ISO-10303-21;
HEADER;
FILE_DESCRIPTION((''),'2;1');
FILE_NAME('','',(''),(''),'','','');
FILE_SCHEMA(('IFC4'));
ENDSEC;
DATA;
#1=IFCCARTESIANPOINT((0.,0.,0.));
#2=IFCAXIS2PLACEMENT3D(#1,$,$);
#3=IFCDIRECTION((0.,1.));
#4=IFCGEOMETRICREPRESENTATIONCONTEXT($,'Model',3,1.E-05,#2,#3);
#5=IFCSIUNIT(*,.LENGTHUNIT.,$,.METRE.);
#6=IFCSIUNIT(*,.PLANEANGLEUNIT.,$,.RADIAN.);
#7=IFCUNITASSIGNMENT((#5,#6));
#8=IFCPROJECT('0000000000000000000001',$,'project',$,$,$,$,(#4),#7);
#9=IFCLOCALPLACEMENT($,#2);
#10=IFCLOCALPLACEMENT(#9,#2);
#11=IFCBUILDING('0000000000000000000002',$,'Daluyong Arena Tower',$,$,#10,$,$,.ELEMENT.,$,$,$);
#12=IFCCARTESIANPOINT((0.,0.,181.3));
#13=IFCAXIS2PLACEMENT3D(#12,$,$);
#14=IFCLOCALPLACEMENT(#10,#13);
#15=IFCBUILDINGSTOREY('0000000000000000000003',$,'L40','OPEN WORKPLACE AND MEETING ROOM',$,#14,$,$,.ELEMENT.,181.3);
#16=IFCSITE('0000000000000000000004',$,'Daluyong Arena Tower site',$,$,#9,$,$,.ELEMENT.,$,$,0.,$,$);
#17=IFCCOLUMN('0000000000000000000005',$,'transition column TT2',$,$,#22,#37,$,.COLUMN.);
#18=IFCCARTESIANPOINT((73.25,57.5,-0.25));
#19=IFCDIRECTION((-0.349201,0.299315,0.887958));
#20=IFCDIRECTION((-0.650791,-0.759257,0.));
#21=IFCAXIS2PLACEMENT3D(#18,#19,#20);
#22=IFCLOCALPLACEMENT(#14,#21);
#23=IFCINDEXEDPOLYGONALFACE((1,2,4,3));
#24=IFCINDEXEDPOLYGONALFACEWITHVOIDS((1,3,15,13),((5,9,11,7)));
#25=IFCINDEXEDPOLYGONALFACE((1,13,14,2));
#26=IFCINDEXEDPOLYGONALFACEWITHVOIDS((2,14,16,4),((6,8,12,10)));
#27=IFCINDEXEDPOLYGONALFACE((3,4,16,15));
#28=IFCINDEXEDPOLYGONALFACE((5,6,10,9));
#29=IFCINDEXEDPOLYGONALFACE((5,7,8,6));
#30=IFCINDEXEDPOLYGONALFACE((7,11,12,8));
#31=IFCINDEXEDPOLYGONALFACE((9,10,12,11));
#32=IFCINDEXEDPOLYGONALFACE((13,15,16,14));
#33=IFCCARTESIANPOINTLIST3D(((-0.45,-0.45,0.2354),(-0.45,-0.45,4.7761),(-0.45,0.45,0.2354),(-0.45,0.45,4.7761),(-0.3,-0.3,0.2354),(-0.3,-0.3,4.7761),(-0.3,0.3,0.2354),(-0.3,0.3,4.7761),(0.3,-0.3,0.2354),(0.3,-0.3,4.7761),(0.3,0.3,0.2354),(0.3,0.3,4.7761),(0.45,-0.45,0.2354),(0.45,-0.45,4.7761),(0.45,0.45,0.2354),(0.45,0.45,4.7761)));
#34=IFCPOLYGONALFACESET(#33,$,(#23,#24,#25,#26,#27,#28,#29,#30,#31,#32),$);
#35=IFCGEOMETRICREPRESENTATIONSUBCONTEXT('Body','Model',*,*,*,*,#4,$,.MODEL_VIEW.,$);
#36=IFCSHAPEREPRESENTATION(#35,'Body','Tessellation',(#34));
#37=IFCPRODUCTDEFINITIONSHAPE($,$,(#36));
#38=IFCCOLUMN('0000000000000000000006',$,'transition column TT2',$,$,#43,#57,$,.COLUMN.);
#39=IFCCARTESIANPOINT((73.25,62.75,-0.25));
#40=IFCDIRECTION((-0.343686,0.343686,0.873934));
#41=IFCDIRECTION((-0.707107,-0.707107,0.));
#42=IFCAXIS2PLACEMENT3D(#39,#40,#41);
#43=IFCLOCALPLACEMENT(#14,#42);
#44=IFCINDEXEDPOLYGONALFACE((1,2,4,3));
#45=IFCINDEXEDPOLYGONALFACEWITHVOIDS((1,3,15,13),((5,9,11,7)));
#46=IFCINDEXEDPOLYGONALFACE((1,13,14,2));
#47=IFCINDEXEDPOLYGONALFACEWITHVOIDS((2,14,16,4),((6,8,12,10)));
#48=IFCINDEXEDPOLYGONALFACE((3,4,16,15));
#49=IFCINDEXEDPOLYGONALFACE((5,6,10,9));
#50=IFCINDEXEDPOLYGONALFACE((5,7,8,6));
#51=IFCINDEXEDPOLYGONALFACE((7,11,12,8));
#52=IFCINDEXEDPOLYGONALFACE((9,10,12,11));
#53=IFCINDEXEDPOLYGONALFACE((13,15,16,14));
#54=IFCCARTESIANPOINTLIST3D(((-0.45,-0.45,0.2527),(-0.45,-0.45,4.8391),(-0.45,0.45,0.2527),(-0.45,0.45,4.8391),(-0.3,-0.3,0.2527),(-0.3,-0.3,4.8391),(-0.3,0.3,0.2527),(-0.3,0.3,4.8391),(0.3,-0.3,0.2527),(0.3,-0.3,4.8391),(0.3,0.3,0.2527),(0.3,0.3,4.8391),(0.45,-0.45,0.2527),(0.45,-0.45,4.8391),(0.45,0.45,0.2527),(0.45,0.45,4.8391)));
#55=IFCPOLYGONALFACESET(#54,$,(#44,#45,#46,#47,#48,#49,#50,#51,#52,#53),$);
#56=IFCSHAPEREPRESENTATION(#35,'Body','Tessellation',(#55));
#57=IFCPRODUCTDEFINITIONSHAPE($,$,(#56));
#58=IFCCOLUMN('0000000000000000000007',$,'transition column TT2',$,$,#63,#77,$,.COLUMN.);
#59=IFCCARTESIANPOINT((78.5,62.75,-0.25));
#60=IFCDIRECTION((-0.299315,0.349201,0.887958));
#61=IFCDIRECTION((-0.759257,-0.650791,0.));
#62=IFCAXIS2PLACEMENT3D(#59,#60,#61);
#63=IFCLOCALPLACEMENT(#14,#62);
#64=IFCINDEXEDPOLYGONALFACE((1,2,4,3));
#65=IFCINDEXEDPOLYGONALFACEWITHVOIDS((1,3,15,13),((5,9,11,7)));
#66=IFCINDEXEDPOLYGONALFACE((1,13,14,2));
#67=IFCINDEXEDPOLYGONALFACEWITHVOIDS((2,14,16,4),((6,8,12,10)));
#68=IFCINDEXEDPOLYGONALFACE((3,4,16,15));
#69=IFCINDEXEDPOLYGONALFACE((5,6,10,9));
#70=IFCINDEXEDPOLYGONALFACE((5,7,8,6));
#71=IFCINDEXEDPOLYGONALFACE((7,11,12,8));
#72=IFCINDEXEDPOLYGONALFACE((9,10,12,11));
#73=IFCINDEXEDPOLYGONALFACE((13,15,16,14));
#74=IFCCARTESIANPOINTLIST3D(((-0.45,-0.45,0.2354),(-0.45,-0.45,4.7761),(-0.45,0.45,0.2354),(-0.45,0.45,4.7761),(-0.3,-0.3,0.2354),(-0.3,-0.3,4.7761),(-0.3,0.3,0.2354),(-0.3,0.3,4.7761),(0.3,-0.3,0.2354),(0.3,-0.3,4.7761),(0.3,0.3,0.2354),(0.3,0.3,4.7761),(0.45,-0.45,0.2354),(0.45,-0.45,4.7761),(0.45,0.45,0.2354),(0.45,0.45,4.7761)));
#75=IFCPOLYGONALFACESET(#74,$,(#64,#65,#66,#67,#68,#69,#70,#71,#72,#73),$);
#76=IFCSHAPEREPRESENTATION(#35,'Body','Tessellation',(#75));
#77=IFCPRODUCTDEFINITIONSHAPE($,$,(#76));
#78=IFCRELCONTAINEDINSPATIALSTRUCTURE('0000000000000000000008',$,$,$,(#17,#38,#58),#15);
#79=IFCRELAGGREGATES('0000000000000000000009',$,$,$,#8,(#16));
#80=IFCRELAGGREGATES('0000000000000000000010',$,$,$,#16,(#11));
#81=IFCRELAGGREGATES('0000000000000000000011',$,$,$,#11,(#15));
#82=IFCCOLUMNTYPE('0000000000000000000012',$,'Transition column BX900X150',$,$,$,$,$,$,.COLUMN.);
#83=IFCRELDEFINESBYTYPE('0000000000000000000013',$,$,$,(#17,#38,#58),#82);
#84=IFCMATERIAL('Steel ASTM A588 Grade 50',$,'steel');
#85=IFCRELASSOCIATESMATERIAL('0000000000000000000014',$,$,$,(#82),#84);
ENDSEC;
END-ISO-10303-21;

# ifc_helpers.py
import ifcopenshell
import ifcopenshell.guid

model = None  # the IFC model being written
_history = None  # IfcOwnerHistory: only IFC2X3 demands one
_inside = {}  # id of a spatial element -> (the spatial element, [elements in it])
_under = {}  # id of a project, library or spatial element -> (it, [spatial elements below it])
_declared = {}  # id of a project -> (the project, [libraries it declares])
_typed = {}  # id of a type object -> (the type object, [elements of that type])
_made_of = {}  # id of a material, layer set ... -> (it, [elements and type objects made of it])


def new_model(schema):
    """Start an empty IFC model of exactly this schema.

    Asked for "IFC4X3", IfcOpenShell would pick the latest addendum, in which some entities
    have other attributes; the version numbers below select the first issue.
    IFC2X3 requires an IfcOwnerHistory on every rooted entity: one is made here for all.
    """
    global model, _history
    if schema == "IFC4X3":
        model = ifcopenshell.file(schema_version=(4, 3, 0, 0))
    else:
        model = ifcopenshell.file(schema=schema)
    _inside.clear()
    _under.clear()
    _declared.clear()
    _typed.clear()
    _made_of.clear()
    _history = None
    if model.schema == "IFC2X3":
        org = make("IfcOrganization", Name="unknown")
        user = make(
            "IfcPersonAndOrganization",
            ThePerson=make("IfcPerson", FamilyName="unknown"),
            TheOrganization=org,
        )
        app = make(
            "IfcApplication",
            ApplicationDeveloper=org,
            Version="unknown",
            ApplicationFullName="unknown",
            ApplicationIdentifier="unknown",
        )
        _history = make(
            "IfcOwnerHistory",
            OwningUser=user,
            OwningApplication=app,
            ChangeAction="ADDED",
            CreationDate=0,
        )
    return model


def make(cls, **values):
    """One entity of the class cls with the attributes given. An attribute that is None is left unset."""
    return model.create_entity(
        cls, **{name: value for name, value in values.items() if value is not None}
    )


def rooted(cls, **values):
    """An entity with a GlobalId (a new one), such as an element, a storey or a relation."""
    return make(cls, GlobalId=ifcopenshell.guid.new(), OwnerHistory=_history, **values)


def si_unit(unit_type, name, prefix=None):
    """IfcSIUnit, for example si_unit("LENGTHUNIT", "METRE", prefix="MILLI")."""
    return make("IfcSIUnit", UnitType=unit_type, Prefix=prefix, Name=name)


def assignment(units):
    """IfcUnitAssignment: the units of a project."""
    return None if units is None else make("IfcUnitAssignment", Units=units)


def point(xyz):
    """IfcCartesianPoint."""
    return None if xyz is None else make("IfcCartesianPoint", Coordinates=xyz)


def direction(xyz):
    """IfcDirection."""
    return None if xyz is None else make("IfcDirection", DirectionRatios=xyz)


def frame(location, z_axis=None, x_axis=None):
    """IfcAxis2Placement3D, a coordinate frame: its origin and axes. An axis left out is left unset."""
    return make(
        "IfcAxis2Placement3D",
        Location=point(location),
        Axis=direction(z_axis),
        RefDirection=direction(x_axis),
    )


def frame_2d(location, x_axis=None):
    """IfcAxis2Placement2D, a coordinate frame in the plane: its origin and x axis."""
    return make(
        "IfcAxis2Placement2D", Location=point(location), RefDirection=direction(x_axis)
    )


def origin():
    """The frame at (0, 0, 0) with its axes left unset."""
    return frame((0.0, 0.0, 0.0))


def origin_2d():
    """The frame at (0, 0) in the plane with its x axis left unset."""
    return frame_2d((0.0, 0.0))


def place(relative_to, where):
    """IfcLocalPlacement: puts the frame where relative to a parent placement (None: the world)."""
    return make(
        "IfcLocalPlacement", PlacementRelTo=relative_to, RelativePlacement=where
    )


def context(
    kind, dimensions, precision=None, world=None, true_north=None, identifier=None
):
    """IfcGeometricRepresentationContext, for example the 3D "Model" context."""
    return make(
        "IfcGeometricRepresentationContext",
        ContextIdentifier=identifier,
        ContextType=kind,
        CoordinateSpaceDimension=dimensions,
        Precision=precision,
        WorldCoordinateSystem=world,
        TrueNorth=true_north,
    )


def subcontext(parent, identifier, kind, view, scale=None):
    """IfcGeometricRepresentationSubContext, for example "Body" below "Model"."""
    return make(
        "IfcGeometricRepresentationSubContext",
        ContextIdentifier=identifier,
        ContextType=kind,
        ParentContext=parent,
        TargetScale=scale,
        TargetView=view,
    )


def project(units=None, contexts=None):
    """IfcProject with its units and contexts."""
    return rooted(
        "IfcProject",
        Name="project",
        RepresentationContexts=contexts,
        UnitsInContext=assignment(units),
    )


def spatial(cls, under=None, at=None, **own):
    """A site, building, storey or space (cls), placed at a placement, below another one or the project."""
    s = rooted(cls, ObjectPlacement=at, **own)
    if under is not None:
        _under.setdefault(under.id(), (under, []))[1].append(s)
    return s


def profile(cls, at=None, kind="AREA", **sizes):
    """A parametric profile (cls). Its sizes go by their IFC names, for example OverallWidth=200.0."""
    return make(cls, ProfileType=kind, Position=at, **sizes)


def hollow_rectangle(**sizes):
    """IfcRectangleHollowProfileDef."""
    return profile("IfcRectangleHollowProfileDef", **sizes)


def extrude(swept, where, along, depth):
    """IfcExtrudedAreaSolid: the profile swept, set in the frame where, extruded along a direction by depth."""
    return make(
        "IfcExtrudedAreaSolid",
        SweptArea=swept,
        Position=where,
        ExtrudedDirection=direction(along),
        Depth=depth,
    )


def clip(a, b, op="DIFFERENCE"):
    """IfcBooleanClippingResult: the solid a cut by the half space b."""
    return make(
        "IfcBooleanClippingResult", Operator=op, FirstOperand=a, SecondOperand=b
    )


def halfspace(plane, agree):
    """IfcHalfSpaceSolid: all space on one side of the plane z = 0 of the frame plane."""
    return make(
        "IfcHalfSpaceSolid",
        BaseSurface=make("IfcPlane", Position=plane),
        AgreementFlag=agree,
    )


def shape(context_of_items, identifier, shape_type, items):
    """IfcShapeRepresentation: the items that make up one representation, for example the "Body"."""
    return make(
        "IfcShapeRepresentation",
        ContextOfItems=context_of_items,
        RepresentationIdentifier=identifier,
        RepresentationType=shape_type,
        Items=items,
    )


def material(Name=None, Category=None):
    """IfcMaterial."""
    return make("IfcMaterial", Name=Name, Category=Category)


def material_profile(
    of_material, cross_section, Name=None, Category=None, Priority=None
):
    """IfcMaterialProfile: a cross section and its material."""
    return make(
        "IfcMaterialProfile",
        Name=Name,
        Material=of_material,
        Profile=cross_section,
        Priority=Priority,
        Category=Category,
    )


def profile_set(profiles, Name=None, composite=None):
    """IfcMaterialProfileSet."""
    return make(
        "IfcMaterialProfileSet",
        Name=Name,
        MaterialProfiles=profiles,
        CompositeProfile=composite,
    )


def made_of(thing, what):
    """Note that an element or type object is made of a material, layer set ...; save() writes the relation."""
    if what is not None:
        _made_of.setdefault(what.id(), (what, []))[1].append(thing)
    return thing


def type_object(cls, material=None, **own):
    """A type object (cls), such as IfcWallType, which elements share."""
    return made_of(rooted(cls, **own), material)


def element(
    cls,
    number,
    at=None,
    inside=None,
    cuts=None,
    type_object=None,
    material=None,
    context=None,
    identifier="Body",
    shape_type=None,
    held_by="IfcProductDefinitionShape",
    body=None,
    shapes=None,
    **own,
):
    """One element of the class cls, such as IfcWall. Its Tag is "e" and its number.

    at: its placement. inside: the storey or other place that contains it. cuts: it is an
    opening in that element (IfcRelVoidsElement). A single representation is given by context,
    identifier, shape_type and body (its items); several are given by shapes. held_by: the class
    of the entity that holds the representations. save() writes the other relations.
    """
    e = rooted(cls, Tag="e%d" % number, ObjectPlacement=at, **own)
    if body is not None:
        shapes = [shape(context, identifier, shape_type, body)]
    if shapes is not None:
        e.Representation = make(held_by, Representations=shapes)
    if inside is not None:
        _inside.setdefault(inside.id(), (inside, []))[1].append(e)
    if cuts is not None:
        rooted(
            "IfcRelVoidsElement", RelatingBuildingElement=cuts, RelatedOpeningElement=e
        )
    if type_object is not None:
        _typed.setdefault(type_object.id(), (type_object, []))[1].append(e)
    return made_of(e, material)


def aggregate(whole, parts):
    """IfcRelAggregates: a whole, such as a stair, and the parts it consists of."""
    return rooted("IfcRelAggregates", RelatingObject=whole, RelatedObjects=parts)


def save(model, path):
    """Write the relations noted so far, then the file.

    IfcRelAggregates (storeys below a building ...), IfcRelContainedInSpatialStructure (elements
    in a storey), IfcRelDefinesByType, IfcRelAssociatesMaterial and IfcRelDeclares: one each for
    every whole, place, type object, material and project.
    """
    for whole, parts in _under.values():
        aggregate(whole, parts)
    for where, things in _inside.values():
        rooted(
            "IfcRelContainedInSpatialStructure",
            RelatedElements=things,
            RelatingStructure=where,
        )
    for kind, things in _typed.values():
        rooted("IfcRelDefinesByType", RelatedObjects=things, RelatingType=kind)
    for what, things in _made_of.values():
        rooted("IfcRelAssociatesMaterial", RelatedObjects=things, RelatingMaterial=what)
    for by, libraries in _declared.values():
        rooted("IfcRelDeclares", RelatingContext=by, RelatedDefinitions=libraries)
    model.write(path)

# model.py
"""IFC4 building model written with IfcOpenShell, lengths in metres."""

from ifc_helpers import new_model, si_unit, direction, frame, origin, origin_2d, place, context, subcontext, project, spatial, hollow_rectangle, extrude, clip, halfspace, material, material_profile, profile_set, type_object, element, save


model = new_model("IFC4")

# Units and contexts
model_context = context("Model", 3, precision=1e-05, world=origin(), true_north=direction((0.0, 1.0)))
body_context = subcontext(model_context, "Body", "Model", "MODEL_VIEW")
ifc_project = project(units=[si_unit("LENGTHUNIT", "METRE"), si_unit("PLANEANGLEUNIT", "RADIAN")], contexts=[model_context])

# Site, building, storey
site_placement = place(None, origin())
site = spatial("IfcSite", under=ifc_project, at=site_placement, Name="Daluyong Arena Tower site", CompositionType="ELEMENT", RefElevation=0.0)
building_placement = place(site_placement, origin())
building = spatial("IfcBuilding", under=site, at=building_placement, Name="Daluyong Arena Tower", CompositionType="ELEMENT")
storey_placement = place(building_placement, frame((0.0, 0.0, 181.3)))
storey = spatial("IfcBuildingStorey", under=building, at=storey_placement, Name="L40", Description="OPEN WORKPLACE AND MEETING ROOM", CompositionType="ELEMENT", Elevation=181.3)

# Columns
ifc_material_1 = material(Name="Steel ASTM A588 Grade 50", Category="steel")
ifc_material_profile_1 = material_profile(ifc_material_1, hollow_rectangle(XDim=0.8999, YDim=0.8999, WallThickness=0.15, at=origin_2d()))
ifc_profile_set_1 = profile_set([ifc_material_profile_1], Name="Steel ASTM A588 Grade 50")
column_type_1 = type_object("IfcColumnType", Name="Transition column BX900X150", PredefinedType="COLUMN", material=ifc_profile_set_1)
column_1_placement = place(storey_placement, frame((73.25, 57.5, -0.25), z_axis=(-0.349201, 0.299315, 0.887958), x_axis=(-0.650791, -0.759257, 0.0)))
element("IfcColumn", 1, at=column_1_placement, inside=storey, type_object=column_type_1, Name="transition column TT2", PredefinedType="COLUMN", context=body_context, shape_type="Clipping", body=[
    clip(clip(extrude(hollow_rectangle(XDim=0.8999, YDim=0.8999, WallThickness=0.15, at=origin_2d()), origin(), (0.0, 0.0, 1.0), 5.0115), halfspace(frame((0.0, 0.0, 0.2354), z_axis=(0.0, 0.0, 1.0), x_axis=(1.0, 0.0, 0.0)), True)), halfspace(frame((0.0, 0.0, 4.7761), z_axis=(0.0, 0.0, -1.0), x_axis=(1.0, 0.0, 0.0)), True)),
])
column_2_placement = place(storey_placement, frame((73.25, 62.75, -0.25), z_axis=(-0.343686, 0.343686, 0.873934), x_axis=(-0.707107, -0.707107, 0.0)))
element("IfcColumn", 2, at=column_2_placement, inside=storey, type_object=column_type_1, Name="transition column TT2", PredefinedType="COLUMN", context=body_context, shape_type="Clipping", body=[
    clip(clip(extrude(hollow_rectangle(XDim=0.8999, YDim=0.8999, WallThickness=0.15, at=origin_2d()), origin(), (0.0, 0.0, 1.0), 5.0918), halfspace(frame((0.0, 0.0, 0.2527), z_axis=(0.0, 0.0, 1.0), x_axis=(1.0, 0.0, 0.0)), True)), halfspace(frame((0.0, 0.0, 4.8391), z_axis=(0.0, 0.0, -1.0), x_axis=(1.0, 0.0, 0.0)), True)),
])
column_3_placement = place(storey_placement, frame((78.5, 62.75, -0.25), z_axis=(-0.299315, 0.349201, 0.887958), x_axis=(-0.759257, -0.650791, 0.0)))
element("IfcColumn", 3, at=column_3_placement, inside=storey, type_object=column_type_1, Name="transition column TT2", PredefinedType="COLUMN", context=body_context, shape_type="Clipping", body=[
    clip(clip(extrude(hollow_rectangle(XDim=0.8999, YDim=0.8999, WallThickness=0.15, at=origin_2d()), origin(), (0.0, 0.0, 1.0), 5.0115), halfspace(frame((0.0, 0.0, 0.2354), z_axis=(0.0, 0.0, 1.0), x_axis=(1.0, 0.0, 0.0)), True)), halfspace(frame((0.0, 0.0, 4.7761), z_axis=(0.0, 0.0, -1.0), x_axis=(1.0, 0.0, 0.0)), True)),
])

save(model, "model.ifc")
